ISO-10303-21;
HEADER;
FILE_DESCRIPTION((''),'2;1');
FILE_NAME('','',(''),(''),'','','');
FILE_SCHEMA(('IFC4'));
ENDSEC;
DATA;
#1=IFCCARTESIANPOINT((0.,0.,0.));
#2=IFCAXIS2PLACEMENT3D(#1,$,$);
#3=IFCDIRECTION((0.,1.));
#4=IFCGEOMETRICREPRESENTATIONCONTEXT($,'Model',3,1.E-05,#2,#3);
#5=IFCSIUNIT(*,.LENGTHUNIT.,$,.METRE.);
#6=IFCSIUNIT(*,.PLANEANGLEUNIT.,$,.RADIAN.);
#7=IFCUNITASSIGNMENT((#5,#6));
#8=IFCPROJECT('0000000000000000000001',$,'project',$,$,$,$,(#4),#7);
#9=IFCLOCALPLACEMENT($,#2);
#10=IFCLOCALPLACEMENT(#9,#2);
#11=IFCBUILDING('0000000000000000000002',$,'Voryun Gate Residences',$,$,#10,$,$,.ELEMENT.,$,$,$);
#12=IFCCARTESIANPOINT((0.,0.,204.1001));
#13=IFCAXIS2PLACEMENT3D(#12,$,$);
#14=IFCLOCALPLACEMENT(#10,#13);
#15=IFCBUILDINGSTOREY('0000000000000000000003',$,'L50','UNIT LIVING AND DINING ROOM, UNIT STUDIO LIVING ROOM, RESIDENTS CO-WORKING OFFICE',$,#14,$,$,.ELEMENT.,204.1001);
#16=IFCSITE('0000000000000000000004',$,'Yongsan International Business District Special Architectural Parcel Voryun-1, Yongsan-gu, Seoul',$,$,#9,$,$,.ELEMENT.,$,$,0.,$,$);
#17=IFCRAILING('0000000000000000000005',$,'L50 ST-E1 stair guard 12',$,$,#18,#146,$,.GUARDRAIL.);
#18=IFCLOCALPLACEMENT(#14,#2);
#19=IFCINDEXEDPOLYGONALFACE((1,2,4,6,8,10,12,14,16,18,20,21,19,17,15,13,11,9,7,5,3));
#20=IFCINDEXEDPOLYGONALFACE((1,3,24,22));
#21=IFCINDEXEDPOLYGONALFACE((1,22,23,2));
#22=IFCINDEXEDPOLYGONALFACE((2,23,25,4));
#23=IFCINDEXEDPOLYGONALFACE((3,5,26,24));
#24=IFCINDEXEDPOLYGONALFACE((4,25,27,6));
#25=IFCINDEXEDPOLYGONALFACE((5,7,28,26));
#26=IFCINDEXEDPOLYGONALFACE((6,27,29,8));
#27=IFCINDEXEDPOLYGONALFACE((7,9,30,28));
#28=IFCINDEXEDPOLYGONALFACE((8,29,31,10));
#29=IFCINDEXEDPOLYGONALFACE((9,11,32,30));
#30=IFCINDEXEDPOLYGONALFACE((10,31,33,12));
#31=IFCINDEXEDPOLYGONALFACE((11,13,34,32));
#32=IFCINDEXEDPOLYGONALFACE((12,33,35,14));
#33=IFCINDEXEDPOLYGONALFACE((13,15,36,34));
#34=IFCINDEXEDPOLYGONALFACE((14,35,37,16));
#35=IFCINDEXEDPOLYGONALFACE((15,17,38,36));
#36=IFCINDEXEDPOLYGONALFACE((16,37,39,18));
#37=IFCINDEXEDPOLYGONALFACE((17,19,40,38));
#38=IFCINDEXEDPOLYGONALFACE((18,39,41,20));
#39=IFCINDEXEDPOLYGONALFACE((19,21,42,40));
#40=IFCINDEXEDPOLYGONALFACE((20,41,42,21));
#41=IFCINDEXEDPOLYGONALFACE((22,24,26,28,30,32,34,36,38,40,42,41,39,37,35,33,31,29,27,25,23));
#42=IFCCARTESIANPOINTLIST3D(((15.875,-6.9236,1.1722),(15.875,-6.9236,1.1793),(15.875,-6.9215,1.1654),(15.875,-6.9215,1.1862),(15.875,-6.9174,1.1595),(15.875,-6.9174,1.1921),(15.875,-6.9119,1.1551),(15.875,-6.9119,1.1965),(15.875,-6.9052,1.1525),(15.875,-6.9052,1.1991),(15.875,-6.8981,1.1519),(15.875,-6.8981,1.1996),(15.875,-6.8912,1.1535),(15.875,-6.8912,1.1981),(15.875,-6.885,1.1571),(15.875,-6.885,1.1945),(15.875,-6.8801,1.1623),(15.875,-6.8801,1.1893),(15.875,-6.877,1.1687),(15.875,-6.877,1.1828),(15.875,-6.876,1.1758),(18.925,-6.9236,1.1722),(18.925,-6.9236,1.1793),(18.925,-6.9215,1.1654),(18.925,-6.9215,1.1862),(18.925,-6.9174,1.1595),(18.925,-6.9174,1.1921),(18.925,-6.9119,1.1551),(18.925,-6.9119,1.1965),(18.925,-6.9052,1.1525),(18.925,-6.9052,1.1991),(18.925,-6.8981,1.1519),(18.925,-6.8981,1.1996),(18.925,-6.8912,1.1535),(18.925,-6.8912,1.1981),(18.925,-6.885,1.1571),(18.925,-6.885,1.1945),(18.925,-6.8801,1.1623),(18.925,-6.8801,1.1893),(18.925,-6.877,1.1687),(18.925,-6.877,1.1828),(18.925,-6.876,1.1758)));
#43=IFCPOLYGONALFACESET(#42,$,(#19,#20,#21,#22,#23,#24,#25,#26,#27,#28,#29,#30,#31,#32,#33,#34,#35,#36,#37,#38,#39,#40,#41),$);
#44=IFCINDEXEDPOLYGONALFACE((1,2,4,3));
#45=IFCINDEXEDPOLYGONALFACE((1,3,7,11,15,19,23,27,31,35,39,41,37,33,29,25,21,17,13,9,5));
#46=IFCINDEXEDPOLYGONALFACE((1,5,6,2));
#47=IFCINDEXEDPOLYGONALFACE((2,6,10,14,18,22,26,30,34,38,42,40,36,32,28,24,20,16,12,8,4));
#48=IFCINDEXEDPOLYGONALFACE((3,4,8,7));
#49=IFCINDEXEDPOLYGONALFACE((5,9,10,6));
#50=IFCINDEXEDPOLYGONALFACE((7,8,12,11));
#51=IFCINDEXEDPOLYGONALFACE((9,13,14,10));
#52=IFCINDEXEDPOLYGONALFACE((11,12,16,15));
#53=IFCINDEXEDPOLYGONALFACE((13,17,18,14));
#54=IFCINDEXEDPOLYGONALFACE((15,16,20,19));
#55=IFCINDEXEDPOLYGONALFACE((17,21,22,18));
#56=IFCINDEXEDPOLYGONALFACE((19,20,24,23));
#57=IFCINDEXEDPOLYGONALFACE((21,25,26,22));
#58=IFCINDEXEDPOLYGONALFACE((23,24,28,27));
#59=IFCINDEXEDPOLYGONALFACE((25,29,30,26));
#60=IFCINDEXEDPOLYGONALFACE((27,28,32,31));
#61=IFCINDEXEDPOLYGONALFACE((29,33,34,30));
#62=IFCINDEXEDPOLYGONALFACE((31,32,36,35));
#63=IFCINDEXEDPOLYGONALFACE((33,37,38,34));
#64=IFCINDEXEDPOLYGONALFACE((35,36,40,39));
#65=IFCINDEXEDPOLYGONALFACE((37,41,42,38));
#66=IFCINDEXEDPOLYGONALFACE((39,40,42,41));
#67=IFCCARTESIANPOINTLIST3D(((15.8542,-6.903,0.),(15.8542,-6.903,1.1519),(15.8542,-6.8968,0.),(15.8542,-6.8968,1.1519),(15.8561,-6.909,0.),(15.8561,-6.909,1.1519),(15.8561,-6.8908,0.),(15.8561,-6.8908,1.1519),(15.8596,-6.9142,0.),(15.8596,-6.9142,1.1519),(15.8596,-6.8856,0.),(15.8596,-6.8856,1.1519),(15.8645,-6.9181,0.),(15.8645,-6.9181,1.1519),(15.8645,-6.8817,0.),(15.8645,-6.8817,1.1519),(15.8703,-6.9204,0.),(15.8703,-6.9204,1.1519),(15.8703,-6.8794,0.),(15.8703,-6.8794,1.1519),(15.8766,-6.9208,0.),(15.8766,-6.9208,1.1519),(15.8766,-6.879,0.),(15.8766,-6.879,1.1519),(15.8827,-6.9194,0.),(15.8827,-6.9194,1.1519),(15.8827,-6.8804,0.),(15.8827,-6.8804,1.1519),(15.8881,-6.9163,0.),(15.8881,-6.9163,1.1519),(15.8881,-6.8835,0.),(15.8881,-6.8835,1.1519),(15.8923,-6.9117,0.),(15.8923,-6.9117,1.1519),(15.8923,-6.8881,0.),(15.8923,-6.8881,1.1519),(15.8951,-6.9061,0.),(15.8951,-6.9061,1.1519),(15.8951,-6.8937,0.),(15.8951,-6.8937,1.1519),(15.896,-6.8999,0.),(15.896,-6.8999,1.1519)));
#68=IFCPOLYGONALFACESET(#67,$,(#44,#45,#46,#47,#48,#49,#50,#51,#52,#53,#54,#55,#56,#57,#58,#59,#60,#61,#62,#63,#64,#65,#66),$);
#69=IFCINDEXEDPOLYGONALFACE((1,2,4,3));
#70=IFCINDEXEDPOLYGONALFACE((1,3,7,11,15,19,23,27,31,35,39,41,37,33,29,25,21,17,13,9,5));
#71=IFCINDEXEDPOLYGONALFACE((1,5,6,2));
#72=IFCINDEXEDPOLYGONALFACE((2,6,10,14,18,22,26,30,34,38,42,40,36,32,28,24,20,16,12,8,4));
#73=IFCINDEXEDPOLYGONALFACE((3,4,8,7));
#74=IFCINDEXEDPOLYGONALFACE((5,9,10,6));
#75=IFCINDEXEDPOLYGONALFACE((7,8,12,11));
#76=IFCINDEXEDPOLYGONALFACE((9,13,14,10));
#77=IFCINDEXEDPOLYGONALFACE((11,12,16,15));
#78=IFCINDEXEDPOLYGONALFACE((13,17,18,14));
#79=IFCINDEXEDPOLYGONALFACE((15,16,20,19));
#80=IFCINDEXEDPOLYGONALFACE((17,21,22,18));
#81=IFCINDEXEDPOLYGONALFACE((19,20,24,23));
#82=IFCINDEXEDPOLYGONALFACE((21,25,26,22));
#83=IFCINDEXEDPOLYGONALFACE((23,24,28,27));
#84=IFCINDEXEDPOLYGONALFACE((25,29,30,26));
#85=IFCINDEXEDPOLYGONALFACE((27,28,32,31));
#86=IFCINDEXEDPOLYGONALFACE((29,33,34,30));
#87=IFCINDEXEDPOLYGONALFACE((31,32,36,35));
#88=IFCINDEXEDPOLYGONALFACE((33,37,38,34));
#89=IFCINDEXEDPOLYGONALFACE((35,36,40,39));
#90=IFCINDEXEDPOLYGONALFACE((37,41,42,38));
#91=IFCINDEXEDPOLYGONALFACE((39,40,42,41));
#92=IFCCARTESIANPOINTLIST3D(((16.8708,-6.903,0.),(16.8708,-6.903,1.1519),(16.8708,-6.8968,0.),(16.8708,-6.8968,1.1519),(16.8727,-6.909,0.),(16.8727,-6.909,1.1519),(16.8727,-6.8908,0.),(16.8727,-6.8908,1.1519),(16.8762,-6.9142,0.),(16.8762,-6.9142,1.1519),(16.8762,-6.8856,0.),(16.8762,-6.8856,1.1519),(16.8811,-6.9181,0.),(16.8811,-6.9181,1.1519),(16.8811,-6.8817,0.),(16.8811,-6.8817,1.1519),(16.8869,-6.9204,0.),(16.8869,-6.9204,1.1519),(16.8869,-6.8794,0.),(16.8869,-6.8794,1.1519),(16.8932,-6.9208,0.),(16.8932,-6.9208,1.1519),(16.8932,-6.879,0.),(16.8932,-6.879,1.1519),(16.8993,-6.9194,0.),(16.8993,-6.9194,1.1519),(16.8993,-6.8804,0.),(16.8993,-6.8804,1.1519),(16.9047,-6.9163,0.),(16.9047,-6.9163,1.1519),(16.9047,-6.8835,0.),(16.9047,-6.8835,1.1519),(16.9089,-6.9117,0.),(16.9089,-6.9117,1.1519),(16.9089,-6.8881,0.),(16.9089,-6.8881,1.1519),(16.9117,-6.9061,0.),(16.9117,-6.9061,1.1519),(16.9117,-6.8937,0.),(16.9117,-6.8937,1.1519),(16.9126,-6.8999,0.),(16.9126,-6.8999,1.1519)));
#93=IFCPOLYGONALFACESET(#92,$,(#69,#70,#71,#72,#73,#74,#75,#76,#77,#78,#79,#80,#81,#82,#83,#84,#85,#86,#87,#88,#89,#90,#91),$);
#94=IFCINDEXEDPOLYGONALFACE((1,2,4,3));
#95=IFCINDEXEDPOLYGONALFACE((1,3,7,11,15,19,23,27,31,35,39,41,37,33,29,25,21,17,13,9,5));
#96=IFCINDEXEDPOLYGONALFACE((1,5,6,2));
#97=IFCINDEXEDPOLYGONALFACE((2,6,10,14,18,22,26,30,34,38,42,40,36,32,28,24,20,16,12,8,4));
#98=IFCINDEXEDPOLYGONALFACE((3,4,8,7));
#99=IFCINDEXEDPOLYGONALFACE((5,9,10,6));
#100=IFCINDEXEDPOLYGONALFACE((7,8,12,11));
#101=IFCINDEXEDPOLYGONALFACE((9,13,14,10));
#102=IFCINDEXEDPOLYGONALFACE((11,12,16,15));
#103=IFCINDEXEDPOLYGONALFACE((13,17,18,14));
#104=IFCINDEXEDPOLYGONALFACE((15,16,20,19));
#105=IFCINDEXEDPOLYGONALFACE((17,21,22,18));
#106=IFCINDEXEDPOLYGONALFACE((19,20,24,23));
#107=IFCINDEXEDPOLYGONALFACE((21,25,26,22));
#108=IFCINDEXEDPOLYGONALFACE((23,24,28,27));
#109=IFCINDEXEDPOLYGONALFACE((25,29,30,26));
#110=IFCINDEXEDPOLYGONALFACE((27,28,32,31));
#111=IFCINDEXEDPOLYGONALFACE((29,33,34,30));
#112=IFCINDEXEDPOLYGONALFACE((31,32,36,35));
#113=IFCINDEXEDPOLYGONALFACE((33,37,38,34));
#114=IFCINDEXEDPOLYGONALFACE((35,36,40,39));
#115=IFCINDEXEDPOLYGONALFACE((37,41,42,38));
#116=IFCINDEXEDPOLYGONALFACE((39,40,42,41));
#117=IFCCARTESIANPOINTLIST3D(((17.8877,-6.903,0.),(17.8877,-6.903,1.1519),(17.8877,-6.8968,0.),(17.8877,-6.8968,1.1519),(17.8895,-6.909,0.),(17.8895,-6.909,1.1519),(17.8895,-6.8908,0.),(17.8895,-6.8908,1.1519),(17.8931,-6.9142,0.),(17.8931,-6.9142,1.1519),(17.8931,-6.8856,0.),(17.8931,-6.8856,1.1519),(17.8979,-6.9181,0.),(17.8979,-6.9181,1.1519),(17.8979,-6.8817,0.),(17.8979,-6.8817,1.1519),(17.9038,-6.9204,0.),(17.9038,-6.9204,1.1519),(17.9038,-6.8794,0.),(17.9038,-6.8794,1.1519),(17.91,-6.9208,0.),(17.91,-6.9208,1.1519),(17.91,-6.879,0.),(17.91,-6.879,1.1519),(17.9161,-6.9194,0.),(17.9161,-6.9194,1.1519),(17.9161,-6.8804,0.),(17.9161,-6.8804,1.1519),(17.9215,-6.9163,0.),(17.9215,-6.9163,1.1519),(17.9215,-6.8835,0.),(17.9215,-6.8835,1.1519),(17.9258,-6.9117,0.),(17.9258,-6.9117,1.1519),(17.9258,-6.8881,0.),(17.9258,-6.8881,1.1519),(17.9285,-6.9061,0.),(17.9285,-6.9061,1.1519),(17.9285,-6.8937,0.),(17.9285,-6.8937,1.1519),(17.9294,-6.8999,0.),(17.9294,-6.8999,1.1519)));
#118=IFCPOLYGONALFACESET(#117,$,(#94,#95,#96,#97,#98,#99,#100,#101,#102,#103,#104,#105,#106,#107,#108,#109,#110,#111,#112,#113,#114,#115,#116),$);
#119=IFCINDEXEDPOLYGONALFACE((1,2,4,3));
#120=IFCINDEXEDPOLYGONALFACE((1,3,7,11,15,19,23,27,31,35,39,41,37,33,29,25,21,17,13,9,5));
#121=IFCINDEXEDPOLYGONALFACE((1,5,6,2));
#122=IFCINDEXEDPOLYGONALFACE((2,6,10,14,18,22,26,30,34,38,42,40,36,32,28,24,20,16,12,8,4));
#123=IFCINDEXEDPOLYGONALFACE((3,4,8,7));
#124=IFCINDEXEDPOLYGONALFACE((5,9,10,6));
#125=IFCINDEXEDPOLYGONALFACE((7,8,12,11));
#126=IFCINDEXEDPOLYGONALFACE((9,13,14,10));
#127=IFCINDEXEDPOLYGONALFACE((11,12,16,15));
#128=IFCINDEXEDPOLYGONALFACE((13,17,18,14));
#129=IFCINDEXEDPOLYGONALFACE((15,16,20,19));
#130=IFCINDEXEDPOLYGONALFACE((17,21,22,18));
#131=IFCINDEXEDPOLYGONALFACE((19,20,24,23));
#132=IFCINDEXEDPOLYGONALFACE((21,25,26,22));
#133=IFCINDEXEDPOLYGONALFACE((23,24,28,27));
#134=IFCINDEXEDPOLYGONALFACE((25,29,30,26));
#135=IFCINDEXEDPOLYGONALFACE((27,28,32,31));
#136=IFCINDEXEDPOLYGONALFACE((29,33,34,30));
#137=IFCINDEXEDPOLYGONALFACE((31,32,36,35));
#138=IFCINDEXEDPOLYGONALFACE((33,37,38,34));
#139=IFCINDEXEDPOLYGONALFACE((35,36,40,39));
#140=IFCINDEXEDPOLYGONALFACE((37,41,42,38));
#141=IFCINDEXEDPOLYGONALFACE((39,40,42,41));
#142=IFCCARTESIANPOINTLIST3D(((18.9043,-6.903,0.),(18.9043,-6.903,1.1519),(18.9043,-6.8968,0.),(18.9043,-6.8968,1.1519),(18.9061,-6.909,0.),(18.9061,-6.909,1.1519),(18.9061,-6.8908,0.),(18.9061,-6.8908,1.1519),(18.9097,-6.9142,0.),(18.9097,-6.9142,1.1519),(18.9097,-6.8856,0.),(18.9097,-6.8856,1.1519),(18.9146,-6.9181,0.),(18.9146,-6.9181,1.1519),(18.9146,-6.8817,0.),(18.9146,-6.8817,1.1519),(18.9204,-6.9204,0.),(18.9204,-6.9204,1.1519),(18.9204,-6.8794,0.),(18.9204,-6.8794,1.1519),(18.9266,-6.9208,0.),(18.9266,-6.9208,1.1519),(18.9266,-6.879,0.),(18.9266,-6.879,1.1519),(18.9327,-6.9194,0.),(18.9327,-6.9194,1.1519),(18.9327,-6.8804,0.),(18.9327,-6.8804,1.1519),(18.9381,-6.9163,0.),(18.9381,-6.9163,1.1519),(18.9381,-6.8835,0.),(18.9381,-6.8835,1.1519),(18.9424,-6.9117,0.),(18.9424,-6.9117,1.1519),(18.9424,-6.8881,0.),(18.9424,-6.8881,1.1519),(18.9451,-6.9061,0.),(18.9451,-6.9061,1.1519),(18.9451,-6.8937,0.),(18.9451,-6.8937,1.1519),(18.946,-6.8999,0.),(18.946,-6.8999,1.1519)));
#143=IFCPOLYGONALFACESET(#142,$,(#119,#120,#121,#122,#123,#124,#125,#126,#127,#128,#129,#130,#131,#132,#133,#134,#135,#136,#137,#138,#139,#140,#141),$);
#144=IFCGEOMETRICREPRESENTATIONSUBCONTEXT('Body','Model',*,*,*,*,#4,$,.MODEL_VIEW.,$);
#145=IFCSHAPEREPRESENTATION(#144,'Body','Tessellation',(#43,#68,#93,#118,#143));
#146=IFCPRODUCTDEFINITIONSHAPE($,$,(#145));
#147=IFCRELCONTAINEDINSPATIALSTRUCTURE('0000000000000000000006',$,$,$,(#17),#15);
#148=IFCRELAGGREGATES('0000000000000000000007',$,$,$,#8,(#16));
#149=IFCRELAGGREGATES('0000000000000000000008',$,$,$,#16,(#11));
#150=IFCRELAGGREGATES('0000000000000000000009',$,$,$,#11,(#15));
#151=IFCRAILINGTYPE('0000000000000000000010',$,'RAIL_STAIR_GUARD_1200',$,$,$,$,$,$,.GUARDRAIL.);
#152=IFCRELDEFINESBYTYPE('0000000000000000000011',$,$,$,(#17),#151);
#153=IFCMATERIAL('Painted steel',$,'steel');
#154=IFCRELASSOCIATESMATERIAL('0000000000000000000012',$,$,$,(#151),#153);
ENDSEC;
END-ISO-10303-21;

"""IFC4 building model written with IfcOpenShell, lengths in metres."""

from ifc_helpers import new_model, si_unit, direction, frame, origin, origin_2d, place, context, subcontext, project, spatial, circle, extrude, material, type_object, element, save


model = new_model("IFC4")

# Units and contexts
model_context = context("Model", 3, precision=1e-05, world=origin(), true_north=direction((0.0, 1.0)))
body_context = subcontext(model_context, "Body", "Model", "MODEL_VIEW")
ifc_project = project(units=[si_unit("LENGTHUNIT", "METRE"), si_unit("PLANEANGLEUNIT", "RADIAN")], contexts=[model_context])

# Site, building, storey
site_placement = place(None, origin())
site = spatial("IfcSite", under=ifc_project, at=site_placement, Name="Yongsan International Business District Special Architectural Parcel Voryun-1, Yongsan-gu, Seoul", CompositionType="ELEMENT", RefElevation=0.0)
building_placement = place(site_placement, origin())
building = spatial("IfcBuilding", under=site, at=building_placement, Name="Voryun Gate Residences", CompositionType="ELEMENT")
storey_placement = place(building_placement, frame((0.0, 0.0, 204.1001)))
storey = spatial("IfcBuildingStorey", under=building, at=storey_placement, Name="L50", Description="UNIT LIVING AND DINING ROOM, UNIT STUDIO LIVING ROOM, RESIDENTS CO-WORKING OFFICE", CompositionType="ELEMENT", Elevation=204.1001)

# Railing
ifc_material_1 = material(Name="Painted steel", Category="steel")
railing_type = type_object("IfcRailingType", Name="RAIL_STAIR_GUARD_1200", PredefinedType="GUARDRAIL", material=ifc_material_1)
railing_placement = place(storey_placement, frame((15.875, -6.8999, 0.0)))
element("IfcRailing", 1, at=railing_placement, inside=storey, type_object=railing_type, Name="L50 ST-E1 stair guard 12", PredefinedType="GUARDRAIL", context=body_context, shape_type="SweptSolid", body=[
    extrude(circle(Radius=0.0239, at=origin_2d()), frame((0.0, 0.0, 1.1758), z_axis=(1.0, 0.0, 0.0), x_axis=(0.0, 1.0, 0.0)), (0.0, 0.0, 1.0), 3.05),
    extrude(circle(Radius=0.021, at=origin_2d()), origin(), (0.0, 0.0, 1.0), 1.1519),
    extrude(circle(Radius=0.021, at=origin_2d()), frame((1.0166, 0.0, 0.0)), (0.0, 0.0, 1.0), 1.1519),
    extrude(circle(Radius=0.021, at=origin_2d()), frame((2.0334, 0.0, 0.0)), (0.0, 0.0, 1.0), 1.1519),
    extrude(circle(Radius=0.021, at=origin_2d()), frame((3.05, 0.0, 0.0)), (0.0, 0.0, 1.0), 1.1519),
])

save(model, "model.ifc")
